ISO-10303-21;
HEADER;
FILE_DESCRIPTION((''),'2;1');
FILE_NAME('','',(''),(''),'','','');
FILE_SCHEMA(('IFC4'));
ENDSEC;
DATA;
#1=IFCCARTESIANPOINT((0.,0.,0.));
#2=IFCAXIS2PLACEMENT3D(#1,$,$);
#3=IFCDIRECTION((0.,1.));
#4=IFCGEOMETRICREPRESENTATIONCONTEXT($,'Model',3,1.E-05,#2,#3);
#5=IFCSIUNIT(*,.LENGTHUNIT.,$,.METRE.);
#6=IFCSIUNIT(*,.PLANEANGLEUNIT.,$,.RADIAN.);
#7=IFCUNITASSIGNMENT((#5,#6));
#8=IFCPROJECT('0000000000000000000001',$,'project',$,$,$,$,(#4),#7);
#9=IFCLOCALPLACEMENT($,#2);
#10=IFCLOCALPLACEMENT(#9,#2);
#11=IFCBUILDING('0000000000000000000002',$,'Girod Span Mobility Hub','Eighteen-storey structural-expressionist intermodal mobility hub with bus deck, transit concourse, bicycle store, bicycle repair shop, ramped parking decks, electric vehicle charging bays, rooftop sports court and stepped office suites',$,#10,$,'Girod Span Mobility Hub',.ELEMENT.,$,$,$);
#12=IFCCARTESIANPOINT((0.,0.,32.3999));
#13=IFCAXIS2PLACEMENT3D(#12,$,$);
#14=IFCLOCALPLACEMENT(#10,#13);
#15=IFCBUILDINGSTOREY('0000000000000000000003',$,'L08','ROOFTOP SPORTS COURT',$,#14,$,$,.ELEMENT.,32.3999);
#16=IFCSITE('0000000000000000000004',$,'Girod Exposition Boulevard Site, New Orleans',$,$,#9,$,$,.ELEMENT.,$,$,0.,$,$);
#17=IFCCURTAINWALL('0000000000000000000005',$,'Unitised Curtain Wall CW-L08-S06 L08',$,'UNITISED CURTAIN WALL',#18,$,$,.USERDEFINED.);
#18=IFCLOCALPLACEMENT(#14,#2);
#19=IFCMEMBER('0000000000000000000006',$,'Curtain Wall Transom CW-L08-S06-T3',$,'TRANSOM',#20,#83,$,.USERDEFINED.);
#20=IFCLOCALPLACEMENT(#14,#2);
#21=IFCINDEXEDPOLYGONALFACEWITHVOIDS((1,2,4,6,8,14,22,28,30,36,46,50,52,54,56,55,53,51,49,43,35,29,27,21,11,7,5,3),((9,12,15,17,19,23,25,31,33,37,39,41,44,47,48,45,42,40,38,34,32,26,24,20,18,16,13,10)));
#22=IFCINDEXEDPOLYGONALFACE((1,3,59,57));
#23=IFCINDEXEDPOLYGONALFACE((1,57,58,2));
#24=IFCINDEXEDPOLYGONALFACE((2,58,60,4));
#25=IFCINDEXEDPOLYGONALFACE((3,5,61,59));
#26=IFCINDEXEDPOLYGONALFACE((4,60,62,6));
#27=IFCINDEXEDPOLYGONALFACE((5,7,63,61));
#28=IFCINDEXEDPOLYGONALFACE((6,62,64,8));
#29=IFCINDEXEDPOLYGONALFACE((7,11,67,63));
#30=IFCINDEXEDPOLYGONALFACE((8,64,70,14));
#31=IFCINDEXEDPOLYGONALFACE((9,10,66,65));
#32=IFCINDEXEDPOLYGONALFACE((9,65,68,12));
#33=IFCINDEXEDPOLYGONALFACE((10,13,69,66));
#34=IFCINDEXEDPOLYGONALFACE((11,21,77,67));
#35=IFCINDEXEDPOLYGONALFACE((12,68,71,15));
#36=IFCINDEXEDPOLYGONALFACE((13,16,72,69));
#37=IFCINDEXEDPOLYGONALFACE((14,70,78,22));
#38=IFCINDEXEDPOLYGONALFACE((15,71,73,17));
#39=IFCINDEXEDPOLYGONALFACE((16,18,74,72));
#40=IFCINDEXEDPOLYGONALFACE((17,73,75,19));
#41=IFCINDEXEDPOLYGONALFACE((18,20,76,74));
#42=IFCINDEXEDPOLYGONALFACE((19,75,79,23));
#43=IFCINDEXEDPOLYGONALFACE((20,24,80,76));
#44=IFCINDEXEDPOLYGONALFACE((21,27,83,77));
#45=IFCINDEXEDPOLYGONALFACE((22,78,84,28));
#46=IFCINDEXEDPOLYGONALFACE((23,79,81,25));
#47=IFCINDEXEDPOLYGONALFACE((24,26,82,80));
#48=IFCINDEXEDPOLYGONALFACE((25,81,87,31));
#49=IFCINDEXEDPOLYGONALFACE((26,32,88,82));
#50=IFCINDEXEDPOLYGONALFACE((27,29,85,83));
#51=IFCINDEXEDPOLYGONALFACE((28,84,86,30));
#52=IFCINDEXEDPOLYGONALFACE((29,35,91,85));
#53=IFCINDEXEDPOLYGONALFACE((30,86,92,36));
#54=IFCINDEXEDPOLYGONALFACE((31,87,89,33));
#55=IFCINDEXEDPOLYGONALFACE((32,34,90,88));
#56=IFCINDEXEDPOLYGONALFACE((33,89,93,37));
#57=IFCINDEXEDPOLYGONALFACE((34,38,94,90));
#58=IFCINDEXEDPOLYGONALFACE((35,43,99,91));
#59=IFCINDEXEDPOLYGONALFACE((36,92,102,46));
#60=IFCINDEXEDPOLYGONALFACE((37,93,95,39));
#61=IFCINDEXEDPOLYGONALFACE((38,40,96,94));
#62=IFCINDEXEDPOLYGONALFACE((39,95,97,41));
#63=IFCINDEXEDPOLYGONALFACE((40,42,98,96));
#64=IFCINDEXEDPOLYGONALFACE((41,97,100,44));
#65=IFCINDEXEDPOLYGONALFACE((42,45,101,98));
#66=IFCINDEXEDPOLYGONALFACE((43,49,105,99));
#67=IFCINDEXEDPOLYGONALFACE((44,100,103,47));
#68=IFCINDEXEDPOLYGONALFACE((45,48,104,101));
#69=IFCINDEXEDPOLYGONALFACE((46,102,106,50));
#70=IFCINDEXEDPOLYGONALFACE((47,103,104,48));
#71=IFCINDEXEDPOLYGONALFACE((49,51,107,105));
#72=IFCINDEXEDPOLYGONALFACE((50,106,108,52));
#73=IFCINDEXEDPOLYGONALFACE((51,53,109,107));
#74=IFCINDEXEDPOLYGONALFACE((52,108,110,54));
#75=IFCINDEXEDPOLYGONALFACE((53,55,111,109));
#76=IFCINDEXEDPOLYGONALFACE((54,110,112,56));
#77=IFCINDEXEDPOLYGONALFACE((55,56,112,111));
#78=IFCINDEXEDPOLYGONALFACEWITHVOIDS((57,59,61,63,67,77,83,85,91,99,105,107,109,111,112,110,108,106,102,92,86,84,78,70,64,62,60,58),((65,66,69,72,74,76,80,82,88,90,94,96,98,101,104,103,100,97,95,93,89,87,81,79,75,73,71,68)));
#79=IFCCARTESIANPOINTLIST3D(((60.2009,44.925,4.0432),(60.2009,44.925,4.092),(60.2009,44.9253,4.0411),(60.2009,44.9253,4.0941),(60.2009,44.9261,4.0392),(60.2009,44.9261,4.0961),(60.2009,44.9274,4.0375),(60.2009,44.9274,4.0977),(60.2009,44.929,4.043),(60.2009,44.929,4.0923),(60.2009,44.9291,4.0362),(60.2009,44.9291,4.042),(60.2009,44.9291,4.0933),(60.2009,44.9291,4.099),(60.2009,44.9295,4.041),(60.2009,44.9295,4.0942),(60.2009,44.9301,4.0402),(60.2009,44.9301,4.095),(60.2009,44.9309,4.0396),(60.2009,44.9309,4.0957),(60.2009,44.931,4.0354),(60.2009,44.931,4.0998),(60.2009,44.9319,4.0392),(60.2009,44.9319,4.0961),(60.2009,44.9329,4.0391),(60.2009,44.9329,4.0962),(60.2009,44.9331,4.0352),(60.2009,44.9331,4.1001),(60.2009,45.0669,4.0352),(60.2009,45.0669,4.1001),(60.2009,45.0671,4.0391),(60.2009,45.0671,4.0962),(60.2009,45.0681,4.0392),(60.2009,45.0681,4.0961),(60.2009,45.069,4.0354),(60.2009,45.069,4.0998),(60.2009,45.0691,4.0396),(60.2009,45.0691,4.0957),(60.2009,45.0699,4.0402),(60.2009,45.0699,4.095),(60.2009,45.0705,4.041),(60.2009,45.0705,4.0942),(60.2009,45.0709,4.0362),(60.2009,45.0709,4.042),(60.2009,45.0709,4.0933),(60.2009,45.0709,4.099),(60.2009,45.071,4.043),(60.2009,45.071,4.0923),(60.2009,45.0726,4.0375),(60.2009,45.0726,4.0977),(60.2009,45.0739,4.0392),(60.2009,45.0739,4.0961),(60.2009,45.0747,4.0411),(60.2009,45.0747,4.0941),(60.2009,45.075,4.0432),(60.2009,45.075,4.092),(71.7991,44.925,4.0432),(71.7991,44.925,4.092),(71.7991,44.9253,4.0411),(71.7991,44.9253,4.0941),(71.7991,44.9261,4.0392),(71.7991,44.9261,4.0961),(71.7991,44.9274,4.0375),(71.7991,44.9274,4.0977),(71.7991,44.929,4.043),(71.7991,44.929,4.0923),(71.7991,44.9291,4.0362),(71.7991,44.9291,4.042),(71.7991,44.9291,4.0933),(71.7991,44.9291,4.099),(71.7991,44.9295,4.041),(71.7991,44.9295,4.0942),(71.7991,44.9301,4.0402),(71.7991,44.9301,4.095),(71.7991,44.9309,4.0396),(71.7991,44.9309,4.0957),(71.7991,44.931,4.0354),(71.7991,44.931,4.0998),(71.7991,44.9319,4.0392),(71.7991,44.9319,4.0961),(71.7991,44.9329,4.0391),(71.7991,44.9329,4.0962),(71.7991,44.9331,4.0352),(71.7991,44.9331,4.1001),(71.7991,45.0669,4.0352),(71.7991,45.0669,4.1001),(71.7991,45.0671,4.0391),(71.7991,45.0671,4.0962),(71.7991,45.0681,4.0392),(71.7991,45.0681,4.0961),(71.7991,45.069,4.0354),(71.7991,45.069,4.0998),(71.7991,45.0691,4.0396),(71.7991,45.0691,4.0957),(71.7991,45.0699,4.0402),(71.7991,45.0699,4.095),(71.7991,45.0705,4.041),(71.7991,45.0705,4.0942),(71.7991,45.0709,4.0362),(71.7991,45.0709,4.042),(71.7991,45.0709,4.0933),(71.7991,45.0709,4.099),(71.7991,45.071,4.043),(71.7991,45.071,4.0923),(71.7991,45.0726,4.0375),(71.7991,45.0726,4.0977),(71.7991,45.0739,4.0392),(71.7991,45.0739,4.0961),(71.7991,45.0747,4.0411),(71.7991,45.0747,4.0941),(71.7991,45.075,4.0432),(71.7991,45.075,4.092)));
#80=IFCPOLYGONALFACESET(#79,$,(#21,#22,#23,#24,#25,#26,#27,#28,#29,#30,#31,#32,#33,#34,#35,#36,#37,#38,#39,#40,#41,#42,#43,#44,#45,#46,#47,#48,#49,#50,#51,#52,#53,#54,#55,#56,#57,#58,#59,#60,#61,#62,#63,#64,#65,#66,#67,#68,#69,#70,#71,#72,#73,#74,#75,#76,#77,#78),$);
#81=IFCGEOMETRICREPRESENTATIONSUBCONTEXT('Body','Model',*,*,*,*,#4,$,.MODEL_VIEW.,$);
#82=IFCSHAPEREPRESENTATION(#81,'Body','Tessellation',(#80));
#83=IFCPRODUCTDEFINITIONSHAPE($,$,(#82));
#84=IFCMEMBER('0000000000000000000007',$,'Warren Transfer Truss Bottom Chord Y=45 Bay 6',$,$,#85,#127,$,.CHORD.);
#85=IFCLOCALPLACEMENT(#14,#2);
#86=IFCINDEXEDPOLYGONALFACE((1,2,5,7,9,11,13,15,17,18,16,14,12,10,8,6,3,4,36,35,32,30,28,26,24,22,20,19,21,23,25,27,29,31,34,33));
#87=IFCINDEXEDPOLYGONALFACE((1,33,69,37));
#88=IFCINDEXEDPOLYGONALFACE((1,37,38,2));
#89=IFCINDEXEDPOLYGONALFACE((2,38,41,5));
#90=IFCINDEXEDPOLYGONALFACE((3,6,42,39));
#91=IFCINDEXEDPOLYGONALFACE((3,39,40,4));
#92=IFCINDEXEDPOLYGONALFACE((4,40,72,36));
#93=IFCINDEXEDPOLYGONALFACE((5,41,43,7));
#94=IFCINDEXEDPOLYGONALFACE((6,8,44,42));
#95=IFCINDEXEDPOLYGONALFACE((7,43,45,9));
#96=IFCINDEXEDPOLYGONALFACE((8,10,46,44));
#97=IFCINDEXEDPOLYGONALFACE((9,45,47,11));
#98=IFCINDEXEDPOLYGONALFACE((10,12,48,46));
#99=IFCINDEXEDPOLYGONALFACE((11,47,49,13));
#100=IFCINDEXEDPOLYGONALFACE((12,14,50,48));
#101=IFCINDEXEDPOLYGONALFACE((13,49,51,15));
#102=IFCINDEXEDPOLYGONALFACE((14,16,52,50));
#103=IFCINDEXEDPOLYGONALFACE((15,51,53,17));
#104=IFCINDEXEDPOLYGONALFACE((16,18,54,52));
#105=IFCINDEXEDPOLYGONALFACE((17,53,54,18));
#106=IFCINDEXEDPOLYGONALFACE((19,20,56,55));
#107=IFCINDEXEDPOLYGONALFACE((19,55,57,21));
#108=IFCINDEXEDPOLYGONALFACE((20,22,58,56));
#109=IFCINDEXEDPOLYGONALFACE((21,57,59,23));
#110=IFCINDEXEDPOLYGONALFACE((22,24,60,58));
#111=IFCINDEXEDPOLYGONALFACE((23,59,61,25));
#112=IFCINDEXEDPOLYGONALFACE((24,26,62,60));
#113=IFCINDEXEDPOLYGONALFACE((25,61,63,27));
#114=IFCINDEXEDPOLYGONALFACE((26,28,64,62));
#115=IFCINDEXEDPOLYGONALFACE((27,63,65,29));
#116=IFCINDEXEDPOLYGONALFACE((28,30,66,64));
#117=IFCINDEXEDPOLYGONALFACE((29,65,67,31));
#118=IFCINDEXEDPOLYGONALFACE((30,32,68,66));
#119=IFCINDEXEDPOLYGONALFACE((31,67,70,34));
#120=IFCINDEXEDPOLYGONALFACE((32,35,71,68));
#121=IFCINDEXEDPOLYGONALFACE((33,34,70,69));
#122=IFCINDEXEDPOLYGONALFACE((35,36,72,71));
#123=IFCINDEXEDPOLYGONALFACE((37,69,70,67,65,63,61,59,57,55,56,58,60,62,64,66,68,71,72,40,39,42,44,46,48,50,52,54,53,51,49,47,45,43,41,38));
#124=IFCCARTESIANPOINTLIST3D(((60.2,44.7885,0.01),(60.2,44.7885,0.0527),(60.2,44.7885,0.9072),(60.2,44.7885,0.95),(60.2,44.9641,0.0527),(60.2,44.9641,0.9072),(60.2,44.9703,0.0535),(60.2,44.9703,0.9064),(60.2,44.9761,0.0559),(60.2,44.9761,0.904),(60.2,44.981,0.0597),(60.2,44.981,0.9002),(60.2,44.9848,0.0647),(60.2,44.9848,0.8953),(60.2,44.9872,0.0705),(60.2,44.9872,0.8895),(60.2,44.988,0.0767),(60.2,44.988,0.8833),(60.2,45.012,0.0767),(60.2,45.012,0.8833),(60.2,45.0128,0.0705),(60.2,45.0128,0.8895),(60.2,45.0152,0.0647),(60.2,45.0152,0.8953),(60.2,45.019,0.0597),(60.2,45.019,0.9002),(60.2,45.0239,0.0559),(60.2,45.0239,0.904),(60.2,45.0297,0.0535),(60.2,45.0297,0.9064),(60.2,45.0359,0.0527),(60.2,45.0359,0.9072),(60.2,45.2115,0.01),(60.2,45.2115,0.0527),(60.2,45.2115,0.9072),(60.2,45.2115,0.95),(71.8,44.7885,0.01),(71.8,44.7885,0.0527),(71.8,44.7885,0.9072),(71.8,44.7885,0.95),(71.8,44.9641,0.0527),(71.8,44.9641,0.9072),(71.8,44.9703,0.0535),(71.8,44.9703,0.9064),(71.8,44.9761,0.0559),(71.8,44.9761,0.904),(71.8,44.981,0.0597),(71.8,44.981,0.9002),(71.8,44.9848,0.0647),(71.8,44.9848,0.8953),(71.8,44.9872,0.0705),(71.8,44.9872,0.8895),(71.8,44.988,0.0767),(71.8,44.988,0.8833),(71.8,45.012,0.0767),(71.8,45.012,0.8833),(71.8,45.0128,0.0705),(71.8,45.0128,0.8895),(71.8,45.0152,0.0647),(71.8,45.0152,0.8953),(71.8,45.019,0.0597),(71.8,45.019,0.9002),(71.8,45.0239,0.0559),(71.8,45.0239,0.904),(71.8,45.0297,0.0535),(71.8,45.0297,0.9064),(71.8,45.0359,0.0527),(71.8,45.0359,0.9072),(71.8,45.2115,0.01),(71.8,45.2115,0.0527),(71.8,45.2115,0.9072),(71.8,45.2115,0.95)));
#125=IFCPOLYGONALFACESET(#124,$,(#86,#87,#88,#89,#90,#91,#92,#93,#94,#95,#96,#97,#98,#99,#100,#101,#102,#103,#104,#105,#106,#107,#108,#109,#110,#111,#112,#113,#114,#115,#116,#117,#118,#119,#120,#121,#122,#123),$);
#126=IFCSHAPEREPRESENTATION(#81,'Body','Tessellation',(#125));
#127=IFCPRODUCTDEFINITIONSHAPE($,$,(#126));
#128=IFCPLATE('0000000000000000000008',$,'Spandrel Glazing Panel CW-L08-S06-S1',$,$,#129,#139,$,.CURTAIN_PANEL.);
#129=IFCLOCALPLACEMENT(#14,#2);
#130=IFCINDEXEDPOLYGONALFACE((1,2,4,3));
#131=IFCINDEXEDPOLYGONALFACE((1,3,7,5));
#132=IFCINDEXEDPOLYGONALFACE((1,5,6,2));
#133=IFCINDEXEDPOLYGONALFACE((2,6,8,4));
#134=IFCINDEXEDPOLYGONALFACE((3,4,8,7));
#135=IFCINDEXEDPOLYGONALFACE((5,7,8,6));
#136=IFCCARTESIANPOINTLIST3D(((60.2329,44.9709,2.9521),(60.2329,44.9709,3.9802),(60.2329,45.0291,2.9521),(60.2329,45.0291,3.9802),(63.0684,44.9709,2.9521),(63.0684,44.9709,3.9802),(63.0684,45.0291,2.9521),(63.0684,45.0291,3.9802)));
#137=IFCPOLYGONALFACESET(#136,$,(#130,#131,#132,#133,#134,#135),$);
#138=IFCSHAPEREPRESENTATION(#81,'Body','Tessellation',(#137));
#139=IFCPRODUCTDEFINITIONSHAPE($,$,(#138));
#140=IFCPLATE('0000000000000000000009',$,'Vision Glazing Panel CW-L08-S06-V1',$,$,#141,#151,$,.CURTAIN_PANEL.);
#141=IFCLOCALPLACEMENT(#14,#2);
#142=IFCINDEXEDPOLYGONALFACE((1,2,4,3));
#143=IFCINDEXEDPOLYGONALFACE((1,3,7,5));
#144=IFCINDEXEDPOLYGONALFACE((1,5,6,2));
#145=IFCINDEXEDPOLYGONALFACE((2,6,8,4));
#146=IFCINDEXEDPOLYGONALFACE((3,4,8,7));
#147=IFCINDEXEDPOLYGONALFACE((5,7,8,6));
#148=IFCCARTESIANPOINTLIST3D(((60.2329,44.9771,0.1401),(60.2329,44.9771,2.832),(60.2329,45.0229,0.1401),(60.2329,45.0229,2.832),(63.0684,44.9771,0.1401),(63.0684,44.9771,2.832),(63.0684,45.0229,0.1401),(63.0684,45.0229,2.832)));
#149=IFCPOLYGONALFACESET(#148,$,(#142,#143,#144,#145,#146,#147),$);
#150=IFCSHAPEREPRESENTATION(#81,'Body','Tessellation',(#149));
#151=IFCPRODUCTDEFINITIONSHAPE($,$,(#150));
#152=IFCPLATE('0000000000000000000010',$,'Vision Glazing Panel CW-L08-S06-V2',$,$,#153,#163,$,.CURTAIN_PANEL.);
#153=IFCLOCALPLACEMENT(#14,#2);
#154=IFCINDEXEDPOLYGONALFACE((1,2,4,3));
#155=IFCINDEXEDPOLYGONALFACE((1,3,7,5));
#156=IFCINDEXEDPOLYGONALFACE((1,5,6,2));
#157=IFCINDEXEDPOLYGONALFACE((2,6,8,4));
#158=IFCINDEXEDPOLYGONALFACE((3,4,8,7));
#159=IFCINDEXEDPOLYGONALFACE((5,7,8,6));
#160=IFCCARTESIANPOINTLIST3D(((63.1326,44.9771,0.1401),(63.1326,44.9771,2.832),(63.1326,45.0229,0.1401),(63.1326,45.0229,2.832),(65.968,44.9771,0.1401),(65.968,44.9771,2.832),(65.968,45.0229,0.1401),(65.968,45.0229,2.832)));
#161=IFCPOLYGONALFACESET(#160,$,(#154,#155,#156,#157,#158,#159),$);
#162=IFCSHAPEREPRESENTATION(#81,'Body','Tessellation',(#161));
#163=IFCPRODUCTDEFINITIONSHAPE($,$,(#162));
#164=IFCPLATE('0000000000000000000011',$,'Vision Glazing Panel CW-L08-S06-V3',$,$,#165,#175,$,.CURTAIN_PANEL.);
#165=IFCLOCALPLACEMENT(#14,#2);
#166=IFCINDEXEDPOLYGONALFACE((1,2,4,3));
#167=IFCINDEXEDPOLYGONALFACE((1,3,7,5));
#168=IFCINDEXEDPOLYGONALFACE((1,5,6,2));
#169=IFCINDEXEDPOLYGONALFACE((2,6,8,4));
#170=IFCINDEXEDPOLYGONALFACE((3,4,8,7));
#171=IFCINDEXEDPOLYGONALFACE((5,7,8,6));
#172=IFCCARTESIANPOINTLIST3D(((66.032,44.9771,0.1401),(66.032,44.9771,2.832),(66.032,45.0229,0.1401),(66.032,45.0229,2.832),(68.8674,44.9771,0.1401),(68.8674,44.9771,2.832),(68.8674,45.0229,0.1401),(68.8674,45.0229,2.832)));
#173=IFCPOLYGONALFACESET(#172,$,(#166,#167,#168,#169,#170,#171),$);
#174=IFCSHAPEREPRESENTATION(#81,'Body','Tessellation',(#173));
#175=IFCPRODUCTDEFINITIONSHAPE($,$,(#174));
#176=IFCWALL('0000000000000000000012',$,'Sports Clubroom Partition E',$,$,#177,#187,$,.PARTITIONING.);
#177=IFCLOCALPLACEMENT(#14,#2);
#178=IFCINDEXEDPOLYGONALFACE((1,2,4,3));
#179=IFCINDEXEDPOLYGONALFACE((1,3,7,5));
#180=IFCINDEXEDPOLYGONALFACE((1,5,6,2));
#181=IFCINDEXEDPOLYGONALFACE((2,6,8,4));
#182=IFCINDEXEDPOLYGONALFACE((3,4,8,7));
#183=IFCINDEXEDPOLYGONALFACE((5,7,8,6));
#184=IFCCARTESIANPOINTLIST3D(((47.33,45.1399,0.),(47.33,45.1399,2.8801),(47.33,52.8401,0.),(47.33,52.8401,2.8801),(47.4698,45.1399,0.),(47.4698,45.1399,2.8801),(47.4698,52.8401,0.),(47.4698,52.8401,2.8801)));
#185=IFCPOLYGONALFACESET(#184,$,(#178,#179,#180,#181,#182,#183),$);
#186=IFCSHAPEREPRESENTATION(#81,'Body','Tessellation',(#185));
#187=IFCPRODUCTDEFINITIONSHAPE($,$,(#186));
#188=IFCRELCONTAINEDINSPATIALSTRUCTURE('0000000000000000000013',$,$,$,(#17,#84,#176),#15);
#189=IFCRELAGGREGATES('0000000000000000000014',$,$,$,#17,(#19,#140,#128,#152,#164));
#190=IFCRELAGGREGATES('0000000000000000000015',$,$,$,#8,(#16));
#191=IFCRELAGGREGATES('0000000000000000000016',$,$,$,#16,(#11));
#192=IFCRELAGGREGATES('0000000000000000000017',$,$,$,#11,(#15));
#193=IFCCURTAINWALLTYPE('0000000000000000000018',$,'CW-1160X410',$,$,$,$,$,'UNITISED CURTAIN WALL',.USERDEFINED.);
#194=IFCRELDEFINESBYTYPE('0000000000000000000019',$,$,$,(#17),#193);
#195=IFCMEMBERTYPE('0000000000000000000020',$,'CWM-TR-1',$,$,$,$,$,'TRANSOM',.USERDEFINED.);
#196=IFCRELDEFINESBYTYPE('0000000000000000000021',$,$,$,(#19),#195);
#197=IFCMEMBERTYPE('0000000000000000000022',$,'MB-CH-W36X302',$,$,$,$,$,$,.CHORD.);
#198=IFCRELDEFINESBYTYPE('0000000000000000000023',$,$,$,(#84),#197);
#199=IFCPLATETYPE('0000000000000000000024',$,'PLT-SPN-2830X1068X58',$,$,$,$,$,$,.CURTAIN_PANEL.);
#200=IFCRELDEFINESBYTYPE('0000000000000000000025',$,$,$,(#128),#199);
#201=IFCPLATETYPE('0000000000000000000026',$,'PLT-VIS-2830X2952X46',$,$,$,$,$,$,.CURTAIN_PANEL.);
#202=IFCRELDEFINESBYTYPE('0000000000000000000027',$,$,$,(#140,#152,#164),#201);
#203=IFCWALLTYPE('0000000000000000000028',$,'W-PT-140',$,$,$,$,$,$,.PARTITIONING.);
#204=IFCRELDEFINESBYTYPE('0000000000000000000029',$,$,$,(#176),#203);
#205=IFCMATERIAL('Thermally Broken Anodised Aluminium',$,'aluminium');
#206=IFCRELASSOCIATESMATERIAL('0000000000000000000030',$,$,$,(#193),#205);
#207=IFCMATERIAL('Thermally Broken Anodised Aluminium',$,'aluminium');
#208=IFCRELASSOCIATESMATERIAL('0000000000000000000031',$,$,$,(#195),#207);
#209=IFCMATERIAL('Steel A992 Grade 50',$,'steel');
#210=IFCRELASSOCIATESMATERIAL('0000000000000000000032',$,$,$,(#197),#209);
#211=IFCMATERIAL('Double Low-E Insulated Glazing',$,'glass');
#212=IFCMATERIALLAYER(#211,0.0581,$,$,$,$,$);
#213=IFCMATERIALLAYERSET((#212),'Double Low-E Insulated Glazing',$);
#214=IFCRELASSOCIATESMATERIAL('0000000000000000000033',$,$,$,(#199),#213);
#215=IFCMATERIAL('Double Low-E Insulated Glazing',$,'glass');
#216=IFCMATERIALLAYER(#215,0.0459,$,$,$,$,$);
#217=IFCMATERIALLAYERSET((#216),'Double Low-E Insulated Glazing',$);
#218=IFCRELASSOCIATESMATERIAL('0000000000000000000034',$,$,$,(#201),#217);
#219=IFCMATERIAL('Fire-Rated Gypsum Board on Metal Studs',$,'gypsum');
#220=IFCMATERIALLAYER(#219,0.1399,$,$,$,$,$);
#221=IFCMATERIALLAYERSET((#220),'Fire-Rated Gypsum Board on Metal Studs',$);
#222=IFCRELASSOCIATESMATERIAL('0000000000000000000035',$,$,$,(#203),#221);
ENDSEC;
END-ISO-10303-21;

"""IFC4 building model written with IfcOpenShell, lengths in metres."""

from ifc_helpers import new_model, si_unit, direction, frame, frame_2d, origin, origin_2d, place, context, subcontext, project, spatial, rectangle, hollow_rectangle, i_section, extrude, material, layer, layer_set, material_profile, profile_set, type_object, element, aggregate, save


model = new_model("IFC4")

# Units and contexts
model_context = context("Model", 3, precision=1e-05, world=origin(), true_north=direction((0.0, 1.0)))
body_context = subcontext(model_context, "Body", "Model", "MODEL_VIEW")
ifc_project = project(units=[si_unit("LENGTHUNIT", "METRE"), si_unit("PLANEANGLEUNIT", "RADIAN")], contexts=[model_context])

# Site, building, storey
site_placement = place(None, origin())
site = spatial("IfcSite", under=ifc_project, at=site_placement, Name="Girod Exposition Boulevard Site, New Orleans", CompositionType="ELEMENT", RefElevation=0.0)
building_placement = place(site_placement, origin())
building = spatial("IfcBuilding", under=site, at=building_placement, Name="Girod Span Mobility Hub", Description="Eighteen-storey structural-expressionist intermodal mobility hub with bus deck, transit concourse, bicycle store, bicycle repair shop, ramped parking decks, electric vehicle charging bays, rooftop sports court and stepped office suites", LongName="Girod Span Mobility Hub", CompositionType="ELEMENT")
storey_placement = place(building_placement, frame((0.0, 0.0, 32.3999)))
storey = spatial("IfcBuildingStorey", under=building, at=storey_placement, Name="L08", Description="ROOFTOP SPORTS COURT", CompositionType="ELEMENT", Elevation=32.3999)

# Curtain wall, member
ifc_material_1 = material(Name="Thermally Broken Anodised Aluminium", Category="aluminium")
curtain_wall_type = type_object("IfcCurtainWallType", Name="CW-1160X410", ElementType="UNITISED CURTAIN WALL", PredefinedType="USERDEFINED", material=ifc_material_1)
curtain_wall_placement = place(storey_placement, origin())
curtain_wall = element("IfcCurtainWall", 1, at=curtain_wall_placement, inside=storey, type_object=curtain_wall_type, Name="Unitised Curtain Wall CW-L08-S06 L08", ObjectType="UNITISED CURTAIN WALL", PredefinedType="USERDEFINED")
ifc_material_2 = material(Name="Thermally Broken Anodised Aluminium", Category="aluminium")
ifc_material_profile_1 = material_profile(ifc_material_2, hollow_rectangle(XDim=0.1499, YDim=0.0649, WallThickness=0.0039, InnerFilletRadius=0.0039, OuterFilletRadius=0.0081, at=origin_2d()), Name="CW-TR-65X150")
ifc_profile_set_1 = profile_set([ifc_material_profile_1], Name="Thermally Broken Anodised Aluminium")
member_type_1 = type_object("IfcMemberType", Name="CWM-TR-1", ElementType="TRANSOM", PredefinedType="USERDEFINED", material=ifc_profile_set_1)
member_1_placement = place(storey_placement, frame((60.2009, 45.0, 4.0676), z_axis=(1.0, 0.0, 0.0), x_axis=(0.0, 1.0, 0.0)))
member_1 = element("IfcMember", 2, at=member_1_placement, type_object=member_type_1, Name="Curtain Wall Transom CW-L08-S06-T3", ObjectType="TRANSOM", PredefinedType="USERDEFINED", context=body_context, shape_type="SweptSolid", body=[
    extrude(hollow_rectangle(XDim=0.1499, YDim=0.0649, WallThickness=0.0039, InnerFilletRadius=0.0039, OuterFilletRadius=0.0081, at=origin_2d()), origin(), (0.0, 0.0, 1.0), 11.5981),
])

# Member
ifc_material_3 = material(Name="Steel A992 Grade 50", Category="steel")
ifc_material_profile_2 = material_profile(ifc_material_3, i_section(OverallWidth=0.4231, OverallDepth=0.9399, WebThickness=0.0239, FlangeThickness=0.0427, FilletRadius=0.0239, at=origin_2d()), Name="W36X302")
ifc_profile_set_2 = profile_set([ifc_material_profile_2], Name="Steel A992 Grade 50")
member_type_2 = type_object("IfcMemberType", Name="MB-CH-W36X302", PredefinedType="CHORD", material=ifc_profile_set_2)
member_2_placement = place(storey_placement, frame((60.2, 45.0, 0.48), z_axis=(1.0, 0.0, 0.0), x_axis=(0.0, 1.0, 0.0)))
element("IfcMember", 3, at=member_2_placement, inside=storey, type_object=member_type_2, Name="Warren Transfer Truss Bottom Chord Y=45 Bay 6", PredefinedType="CHORD", context=body_context, shape_type="SweptSolid", body=[
    extrude(i_section(OverallWidth=0.4231, OverallDepth=0.9399, WebThickness=0.0239, FlangeThickness=0.0427, FilletRadius=0.0239, at=origin_2d()), origin(), (0.0, 0.0, 1.0), 11.6001),
])

# Plates
ifc_material_4 = material(Name="Double Low-E Insulated Glazing", Category="glass")
ifc_layer_1 = layer(ifc_material_4, 0.0581)
ifc_layer_set_1 = layer_set([ifc_layer_1], Name="Double Low-E Insulated Glazing")
plate_type_1 = type_object("IfcPlateType", Name="PLT-SPN-2830X1068X58", PredefinedType="CURTAIN_PANEL", material=ifc_layer_set_1)
plate_1_placement = place(storey_placement, frame((61.6506, 45.0, 2.9521), z_axis=(0.0, 0.0, 1.0), x_axis=(1.0, 0.0, 0.0)))
plate_1 = element("IfcPlate", 4, at=plate_1_placement, type_object=plate_type_1, Name="Spandrel Glazing Panel CW-L08-S06-S1", PredefinedType="CURTAIN_PANEL", context=body_context, shape_type="SweptSolid", body=[
    extrude(rectangle(XDim=2.8354, YDim=0.0581, at=origin_2d()), origin(), (0.0, 0.0, 1.0), 1.0281),
])
ifc_material_5 = material(Name="Double Low-E Insulated Glazing", Category="glass")
ifc_layer_2 = layer(ifc_material_5, 0.0459)
ifc_layer_set_2 = layer_set([ifc_layer_2], Name="Double Low-E Insulated Glazing")
plate_type_2 = type_object("IfcPlateType", Name="PLT-VIS-2830X2952X46", PredefinedType="CURTAIN_PANEL", material=ifc_layer_set_2)
plate_2_placement = place(storey_placement, frame((61.6506, 45.0, 0.1401), z_axis=(0.0, 0.0, 1.0), x_axis=(1.0, 0.0, 0.0)))
plate_2 = element("IfcPlate", 5, at=plate_2_placement, type_object=plate_type_2, Name="Vision Glazing Panel CW-L08-S06-V1", PredefinedType="CURTAIN_PANEL", context=body_context, shape_type="SweptSolid", body=[
    extrude(rectangle(XDim=2.8354, YDim=0.0459, at=origin_2d()), origin(), (0.0, 0.0, 1.0), 2.6919),
])
plate_3_placement = place(storey_placement, frame((64.5503, 45.0, 0.1401), z_axis=(0.0, 0.0, 1.0), x_axis=(1.0, 0.0, 0.0)))
plate_3 = element("IfcPlate", 6, at=plate_3_placement, type_object=plate_type_2, Name="Vision Glazing Panel CW-L08-S06-V2", PredefinedType="CURTAIN_PANEL", context=body_context, shape_type="SweptSolid", body=[
    extrude(rectangle(XDim=2.8354, YDim=0.0459, at=origin_2d()), origin(), (0.0, 0.0, 1.0), 2.6919),
])
plate_4_placement = place(storey_placement, frame((67.4497, 45.0, 0.1401), z_axis=(0.0, 0.0, 1.0), x_axis=(1.0, 0.0, 0.0)))
plate_4 = element("IfcPlate", 7, at=plate_4_placement, type_object=plate_type_2, Name="Vision Glazing Panel CW-L08-S06-V3", PredefinedType="CURTAIN_PANEL", context=body_context, shape_type="SweptSolid", body=[
    extrude(rectangle(XDim=2.8354, YDim=0.0459, at=origin_2d()), origin(), (0.0, 0.0, 1.0), 2.6919),
])
aggregate(curtain_wall, [member_1, plate_2, plate_1, plate_3, plate_4])

# Wall
ifc_material_6 = material(Name="Fire-Rated Gypsum Board on Metal Studs", Category="gypsum")
ifc_layer_3 = layer(ifc_material_6, 0.1399)
ifc_layer_set_3 = layer_set([ifc_layer_3], Name="Fire-Rated Gypsum Board on Metal Studs")
wall_type = type_object("IfcWallType", Name="W-PT-140", PredefinedType="PARTITIONING", material=ifc_layer_set_3)
wall_placement = place(storey_placement, frame((47.3999, 45.1399, 0.0), z_axis=(0.0, 0.0, 1.0), x_axis=(0.0, 1.0, 0.0)))
element("IfcWall", 8, at=wall_placement, inside=storey, type_object=wall_type, Name="Sports Clubroom Partition E", PredefinedType="PARTITIONING", context=body_context, shape_type="SweptSolid", body=[
    extrude(rectangle(XDim=7.7002, YDim=0.1399, at=frame_2d((3.8501, 0.0))), origin(), (0.0, 0.0, 1.0), 2.8801),
])

save(model, "model.ifc")
